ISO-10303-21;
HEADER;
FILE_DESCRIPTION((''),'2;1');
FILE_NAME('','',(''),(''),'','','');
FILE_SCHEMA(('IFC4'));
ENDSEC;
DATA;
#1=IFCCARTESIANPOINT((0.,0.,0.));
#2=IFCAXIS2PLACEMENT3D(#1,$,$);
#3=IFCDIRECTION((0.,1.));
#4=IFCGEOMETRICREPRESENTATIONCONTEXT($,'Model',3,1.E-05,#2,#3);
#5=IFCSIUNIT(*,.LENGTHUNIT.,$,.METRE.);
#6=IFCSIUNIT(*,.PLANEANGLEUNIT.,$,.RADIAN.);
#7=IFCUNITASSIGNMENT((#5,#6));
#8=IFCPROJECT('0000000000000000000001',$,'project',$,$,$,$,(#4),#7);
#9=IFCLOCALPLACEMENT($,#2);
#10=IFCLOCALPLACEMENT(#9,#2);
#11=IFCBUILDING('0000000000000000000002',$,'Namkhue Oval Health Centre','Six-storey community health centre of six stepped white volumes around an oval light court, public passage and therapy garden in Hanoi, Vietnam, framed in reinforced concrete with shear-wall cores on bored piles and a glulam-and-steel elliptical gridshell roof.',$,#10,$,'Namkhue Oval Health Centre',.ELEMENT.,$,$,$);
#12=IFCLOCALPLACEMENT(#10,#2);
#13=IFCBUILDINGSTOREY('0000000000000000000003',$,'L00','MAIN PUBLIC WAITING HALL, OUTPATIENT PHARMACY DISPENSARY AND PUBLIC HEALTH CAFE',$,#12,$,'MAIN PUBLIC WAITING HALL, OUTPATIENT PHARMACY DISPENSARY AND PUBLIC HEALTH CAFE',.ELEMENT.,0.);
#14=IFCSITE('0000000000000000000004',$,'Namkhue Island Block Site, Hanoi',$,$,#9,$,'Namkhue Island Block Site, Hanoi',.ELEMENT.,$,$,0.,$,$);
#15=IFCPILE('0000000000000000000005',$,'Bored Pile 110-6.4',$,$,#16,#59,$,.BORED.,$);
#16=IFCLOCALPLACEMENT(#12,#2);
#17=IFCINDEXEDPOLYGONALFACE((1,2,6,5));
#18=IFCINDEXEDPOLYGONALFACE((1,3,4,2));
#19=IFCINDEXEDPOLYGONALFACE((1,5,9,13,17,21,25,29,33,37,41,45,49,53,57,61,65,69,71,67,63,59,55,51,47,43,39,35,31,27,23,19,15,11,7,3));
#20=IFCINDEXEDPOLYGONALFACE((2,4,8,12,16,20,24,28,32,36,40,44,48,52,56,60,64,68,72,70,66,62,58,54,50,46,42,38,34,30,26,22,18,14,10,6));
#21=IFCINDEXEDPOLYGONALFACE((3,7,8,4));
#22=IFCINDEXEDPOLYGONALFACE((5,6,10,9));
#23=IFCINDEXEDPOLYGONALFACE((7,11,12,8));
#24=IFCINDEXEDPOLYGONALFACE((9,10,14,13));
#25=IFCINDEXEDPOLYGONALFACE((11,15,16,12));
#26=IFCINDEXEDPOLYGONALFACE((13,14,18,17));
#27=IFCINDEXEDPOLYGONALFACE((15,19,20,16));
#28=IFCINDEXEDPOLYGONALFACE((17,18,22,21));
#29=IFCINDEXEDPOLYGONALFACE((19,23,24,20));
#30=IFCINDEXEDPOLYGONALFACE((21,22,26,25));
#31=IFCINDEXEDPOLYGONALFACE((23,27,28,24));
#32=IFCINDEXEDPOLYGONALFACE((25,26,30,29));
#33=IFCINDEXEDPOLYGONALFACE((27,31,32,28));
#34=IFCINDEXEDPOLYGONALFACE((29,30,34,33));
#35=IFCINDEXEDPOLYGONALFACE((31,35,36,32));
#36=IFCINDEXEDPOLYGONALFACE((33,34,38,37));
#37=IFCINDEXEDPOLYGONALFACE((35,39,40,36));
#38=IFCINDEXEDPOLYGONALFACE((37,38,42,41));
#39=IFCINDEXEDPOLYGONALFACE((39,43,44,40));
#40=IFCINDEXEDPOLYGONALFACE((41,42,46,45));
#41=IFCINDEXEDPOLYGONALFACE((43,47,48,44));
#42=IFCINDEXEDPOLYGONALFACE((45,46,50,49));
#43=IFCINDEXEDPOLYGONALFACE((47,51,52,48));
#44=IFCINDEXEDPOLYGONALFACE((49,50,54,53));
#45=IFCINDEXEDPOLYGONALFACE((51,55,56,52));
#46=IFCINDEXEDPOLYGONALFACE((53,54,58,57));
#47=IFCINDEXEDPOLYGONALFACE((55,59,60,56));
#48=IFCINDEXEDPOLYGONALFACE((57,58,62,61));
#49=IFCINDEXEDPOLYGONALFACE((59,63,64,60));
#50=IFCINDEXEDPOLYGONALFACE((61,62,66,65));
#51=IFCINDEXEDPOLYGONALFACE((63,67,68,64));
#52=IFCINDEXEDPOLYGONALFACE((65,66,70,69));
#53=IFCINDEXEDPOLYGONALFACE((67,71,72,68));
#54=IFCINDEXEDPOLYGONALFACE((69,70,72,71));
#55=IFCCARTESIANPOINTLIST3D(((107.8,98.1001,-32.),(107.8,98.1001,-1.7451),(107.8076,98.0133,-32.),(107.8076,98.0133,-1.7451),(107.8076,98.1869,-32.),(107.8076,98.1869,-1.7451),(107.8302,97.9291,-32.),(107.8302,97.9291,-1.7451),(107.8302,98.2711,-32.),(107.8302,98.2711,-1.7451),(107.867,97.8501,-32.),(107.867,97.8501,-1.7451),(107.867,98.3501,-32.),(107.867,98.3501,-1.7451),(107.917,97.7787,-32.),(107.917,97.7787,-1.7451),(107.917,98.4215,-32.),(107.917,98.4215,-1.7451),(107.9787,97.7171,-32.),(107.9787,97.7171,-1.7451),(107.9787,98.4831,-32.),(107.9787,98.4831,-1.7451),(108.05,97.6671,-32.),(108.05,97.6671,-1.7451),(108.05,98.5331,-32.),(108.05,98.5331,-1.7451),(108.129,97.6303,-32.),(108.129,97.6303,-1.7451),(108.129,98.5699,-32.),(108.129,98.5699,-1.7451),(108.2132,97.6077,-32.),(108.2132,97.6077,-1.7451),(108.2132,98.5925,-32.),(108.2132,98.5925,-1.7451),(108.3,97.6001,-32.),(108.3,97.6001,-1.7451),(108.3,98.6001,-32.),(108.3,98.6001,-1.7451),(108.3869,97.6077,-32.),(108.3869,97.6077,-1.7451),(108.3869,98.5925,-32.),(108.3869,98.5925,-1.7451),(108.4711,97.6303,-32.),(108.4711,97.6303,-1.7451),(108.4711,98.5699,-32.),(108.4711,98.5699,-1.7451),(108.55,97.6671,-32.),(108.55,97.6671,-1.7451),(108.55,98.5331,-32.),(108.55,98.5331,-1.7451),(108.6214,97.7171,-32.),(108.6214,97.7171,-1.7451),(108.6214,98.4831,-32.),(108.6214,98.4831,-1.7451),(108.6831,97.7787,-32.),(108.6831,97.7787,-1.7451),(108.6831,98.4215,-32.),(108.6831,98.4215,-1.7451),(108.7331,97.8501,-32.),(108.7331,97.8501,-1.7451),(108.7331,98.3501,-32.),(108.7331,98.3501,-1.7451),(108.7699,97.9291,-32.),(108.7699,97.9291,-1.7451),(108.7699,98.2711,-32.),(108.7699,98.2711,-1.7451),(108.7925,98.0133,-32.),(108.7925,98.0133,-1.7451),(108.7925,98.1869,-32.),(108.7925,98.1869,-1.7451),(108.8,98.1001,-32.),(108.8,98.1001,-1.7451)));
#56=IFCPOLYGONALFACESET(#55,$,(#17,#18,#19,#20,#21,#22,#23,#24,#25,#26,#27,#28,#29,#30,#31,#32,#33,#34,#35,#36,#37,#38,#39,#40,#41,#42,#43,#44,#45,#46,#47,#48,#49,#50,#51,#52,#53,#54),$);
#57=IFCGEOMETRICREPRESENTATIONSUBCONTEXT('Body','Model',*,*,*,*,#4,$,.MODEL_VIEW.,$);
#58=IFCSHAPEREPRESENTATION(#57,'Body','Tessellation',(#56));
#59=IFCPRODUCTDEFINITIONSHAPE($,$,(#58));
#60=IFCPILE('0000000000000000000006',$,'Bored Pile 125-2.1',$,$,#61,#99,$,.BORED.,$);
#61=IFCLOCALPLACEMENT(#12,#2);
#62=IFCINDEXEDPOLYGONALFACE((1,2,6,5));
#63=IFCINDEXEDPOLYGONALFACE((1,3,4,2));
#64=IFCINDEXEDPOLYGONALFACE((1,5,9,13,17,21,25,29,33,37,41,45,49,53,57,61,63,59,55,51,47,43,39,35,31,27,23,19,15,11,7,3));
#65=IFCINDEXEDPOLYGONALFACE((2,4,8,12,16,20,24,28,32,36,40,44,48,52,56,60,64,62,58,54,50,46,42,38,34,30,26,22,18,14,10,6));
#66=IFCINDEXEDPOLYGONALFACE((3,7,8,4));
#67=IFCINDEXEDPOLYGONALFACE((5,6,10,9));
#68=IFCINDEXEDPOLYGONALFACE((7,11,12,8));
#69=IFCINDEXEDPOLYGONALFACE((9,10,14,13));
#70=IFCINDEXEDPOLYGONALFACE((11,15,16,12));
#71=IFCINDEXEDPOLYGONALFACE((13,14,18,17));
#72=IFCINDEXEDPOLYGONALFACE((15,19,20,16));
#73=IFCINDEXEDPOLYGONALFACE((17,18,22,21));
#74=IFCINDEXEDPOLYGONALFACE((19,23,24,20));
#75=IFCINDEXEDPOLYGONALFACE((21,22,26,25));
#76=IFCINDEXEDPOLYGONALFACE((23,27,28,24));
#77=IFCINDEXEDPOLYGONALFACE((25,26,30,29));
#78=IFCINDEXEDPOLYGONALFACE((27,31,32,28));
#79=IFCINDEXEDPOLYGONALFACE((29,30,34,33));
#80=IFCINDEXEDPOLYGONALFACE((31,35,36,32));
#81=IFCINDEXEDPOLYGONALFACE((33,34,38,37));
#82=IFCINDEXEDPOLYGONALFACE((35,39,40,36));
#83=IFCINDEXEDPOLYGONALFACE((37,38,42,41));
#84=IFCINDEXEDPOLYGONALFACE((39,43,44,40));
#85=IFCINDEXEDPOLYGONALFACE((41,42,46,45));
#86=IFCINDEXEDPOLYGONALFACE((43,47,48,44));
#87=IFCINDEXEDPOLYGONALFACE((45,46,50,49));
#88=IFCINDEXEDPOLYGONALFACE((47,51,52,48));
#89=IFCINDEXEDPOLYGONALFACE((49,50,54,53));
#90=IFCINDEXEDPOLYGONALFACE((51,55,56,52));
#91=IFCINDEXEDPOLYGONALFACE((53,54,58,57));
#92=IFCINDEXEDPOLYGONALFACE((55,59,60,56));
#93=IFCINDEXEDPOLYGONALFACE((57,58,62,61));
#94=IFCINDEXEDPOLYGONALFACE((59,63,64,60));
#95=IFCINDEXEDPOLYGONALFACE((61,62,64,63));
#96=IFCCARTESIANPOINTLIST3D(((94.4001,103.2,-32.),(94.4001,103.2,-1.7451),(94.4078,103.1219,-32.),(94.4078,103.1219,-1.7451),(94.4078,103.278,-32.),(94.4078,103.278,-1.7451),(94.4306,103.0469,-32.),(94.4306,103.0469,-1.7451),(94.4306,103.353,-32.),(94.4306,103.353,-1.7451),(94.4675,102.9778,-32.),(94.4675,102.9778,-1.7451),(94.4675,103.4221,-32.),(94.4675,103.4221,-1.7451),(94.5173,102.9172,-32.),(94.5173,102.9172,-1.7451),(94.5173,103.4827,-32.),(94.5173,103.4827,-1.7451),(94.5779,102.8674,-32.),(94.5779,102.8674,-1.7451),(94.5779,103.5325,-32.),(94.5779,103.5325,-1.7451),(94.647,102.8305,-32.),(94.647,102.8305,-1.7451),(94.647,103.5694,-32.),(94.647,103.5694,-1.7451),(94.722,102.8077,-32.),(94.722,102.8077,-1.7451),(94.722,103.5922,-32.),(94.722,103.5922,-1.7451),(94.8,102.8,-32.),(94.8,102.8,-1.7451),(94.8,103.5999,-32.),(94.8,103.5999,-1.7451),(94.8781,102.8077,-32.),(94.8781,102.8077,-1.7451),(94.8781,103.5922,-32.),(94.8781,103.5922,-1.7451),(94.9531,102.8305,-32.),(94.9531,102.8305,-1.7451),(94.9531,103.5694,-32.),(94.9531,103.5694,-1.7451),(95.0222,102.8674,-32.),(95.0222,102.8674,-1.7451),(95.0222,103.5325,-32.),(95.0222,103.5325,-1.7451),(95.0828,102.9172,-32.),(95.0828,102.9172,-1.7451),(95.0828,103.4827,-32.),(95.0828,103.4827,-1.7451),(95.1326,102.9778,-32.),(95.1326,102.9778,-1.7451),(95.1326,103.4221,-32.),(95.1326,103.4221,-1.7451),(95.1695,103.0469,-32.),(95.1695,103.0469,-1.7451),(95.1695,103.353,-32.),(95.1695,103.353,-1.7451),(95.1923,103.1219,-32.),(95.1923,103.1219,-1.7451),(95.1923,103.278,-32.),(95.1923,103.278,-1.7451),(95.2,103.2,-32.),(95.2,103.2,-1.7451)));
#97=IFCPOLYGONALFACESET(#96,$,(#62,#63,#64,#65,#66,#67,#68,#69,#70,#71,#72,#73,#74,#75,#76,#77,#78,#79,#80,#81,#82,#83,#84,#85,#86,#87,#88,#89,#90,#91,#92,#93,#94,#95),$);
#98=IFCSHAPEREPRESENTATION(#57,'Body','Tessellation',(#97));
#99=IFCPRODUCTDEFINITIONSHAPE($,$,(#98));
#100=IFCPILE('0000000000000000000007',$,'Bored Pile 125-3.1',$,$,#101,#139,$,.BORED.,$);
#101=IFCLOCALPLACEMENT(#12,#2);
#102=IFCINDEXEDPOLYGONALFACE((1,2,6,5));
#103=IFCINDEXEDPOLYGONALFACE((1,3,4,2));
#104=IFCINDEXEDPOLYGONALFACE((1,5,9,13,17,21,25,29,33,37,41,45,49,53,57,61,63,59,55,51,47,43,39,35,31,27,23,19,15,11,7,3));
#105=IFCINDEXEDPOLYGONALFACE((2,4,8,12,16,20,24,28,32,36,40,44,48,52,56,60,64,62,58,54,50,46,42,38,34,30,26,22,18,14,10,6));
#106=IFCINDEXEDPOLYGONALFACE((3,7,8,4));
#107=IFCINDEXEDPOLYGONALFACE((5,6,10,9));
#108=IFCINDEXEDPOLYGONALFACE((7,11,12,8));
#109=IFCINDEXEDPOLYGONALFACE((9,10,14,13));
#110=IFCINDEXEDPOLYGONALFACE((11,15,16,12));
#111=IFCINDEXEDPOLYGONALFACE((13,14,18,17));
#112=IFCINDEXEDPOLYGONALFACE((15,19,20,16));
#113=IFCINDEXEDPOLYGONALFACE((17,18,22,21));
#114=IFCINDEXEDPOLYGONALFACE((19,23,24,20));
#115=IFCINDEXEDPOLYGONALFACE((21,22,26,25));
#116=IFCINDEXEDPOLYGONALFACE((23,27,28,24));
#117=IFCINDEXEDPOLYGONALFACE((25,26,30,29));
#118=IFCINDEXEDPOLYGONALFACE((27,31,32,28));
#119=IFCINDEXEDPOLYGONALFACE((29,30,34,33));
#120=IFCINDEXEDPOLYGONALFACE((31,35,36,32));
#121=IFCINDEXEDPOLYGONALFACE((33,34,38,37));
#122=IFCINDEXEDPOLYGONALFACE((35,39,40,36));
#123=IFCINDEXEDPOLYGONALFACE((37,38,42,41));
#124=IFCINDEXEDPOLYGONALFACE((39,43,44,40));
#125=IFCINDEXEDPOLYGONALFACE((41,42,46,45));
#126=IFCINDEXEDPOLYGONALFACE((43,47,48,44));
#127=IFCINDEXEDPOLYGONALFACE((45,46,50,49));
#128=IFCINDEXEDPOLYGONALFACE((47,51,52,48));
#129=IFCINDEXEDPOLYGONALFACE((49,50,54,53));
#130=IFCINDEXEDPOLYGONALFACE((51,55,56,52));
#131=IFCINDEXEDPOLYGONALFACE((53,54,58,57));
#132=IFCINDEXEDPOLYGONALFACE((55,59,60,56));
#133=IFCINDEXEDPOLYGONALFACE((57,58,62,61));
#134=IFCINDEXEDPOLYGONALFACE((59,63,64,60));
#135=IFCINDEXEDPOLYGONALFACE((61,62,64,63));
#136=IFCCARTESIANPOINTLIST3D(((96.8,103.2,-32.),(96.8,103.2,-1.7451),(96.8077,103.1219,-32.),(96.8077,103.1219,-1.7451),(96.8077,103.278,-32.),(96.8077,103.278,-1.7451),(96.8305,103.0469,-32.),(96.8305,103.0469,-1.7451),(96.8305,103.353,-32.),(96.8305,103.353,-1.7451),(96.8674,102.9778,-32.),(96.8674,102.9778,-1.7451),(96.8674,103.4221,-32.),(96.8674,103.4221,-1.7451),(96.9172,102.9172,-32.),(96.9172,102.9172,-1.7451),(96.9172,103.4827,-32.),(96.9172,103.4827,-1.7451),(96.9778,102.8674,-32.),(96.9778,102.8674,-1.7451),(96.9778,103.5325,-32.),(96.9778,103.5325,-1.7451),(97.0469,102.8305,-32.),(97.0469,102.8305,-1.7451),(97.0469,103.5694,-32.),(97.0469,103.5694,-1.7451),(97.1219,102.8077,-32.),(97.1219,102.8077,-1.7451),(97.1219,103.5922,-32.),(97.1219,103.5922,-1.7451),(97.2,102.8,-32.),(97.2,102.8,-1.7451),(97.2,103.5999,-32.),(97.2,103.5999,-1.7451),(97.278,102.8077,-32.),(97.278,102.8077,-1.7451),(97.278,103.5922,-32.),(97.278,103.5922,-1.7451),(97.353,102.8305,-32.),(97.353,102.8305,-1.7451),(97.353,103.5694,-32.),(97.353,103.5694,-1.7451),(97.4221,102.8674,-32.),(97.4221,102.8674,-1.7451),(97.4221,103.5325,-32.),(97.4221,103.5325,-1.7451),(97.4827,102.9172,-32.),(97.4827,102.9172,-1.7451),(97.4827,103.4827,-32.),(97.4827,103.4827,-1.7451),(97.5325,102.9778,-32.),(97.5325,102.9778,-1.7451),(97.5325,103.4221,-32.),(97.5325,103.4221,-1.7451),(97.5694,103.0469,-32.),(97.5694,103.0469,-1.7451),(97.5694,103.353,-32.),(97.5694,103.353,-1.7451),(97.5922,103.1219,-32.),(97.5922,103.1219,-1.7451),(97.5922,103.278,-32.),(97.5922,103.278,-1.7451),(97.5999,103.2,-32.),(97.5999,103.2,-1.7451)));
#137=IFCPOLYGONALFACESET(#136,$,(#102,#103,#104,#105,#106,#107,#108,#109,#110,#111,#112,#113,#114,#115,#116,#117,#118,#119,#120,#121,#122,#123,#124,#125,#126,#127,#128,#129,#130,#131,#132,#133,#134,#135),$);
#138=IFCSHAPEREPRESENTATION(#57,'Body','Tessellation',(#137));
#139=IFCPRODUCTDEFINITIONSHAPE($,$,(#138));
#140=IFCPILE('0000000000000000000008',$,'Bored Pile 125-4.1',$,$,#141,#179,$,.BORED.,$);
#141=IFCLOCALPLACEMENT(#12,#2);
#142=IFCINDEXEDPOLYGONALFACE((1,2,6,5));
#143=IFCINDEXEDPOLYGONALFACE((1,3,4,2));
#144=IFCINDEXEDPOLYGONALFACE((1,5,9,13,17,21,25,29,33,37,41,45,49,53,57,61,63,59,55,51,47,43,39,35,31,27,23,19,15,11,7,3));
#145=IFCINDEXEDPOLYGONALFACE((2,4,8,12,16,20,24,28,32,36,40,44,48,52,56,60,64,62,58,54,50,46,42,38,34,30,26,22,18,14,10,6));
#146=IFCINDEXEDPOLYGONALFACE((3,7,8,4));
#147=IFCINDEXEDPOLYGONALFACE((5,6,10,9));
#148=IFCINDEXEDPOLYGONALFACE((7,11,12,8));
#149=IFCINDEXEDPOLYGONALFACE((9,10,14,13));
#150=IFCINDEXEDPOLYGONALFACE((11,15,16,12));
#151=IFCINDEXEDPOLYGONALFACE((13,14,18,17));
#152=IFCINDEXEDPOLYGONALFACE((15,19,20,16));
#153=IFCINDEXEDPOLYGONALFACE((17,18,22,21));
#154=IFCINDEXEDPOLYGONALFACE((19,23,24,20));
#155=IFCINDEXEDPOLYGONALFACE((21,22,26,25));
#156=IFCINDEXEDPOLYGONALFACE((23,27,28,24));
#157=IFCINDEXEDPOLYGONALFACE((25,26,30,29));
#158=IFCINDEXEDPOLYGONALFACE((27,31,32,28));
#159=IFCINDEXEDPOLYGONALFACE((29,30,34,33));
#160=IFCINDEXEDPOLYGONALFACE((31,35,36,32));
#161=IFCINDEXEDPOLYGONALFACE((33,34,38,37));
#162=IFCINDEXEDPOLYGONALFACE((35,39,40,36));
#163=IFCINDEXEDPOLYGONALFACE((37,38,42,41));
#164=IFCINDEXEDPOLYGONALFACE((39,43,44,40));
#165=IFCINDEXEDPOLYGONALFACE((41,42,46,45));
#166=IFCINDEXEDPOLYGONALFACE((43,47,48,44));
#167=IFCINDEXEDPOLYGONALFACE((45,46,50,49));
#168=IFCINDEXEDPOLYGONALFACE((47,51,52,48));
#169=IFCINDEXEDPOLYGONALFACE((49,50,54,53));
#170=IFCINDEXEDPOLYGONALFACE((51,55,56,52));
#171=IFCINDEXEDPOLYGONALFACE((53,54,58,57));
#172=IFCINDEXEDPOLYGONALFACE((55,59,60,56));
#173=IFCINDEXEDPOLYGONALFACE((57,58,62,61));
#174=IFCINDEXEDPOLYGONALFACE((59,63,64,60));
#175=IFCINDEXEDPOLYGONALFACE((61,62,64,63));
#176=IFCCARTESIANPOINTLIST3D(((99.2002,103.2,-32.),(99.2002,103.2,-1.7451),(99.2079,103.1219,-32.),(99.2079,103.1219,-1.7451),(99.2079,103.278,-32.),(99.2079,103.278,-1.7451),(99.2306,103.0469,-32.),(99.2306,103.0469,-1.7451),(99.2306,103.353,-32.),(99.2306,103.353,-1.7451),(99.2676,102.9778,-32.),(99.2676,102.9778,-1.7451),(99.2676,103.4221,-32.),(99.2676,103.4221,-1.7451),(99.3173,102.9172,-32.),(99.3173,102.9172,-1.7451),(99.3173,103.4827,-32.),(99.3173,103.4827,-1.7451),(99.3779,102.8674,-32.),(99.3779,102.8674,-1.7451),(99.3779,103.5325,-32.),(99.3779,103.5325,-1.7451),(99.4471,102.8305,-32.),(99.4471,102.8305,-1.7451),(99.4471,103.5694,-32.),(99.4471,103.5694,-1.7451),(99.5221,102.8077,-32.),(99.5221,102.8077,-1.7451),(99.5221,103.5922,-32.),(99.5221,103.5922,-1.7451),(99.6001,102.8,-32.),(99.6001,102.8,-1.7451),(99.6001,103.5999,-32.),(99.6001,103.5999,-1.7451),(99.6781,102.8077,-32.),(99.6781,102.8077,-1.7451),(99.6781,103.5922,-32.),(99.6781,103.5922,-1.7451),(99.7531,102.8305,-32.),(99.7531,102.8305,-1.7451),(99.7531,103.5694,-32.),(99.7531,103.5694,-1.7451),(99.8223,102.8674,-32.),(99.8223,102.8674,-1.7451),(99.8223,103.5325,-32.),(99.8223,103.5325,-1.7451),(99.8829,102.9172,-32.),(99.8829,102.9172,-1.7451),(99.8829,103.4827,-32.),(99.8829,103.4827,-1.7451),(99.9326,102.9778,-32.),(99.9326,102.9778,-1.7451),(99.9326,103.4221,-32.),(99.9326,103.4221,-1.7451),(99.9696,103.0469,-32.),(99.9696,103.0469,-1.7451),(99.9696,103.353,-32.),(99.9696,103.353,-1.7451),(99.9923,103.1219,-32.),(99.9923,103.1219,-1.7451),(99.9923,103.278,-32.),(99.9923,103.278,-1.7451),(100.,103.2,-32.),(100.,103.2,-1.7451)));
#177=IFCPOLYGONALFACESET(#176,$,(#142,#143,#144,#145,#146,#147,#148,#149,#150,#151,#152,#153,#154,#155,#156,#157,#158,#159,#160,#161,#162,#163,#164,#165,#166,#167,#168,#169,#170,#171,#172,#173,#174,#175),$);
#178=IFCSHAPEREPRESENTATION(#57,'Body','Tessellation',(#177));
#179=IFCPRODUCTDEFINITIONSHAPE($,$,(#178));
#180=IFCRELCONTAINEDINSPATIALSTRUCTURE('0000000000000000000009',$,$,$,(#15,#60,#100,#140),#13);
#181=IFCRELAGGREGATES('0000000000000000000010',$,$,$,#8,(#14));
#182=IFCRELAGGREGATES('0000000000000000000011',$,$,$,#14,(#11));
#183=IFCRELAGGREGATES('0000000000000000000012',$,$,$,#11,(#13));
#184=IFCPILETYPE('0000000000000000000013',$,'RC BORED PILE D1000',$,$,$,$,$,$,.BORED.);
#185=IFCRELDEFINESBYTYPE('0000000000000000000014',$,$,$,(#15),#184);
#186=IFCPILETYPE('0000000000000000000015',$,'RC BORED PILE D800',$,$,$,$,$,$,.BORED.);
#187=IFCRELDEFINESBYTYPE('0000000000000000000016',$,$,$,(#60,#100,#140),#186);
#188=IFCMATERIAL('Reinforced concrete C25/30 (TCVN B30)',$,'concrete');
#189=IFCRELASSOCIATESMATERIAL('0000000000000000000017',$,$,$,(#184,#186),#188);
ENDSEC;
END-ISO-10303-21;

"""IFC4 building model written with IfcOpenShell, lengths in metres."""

from ifc_helpers import new_model, si_unit, direction, frame, origin, origin_2d, place, context, subcontext, project, spatial, circle, extrude, material, material_profile, profile_set, type_object, element, save


model = new_model("IFC4")

# Units and contexts
model_context = context("Model", 3, precision=1e-05, world=origin(), true_north=direction((0.0, 1.0)))
body_context = subcontext(model_context, "Body", "Model", "MODEL_VIEW")
ifc_project = project(units=[si_unit("LENGTHUNIT", "METRE"), si_unit("PLANEANGLEUNIT", "RADIAN")], contexts=[model_context])

# Site, building, storey
site_placement = place(None, origin())
site = spatial("IfcSite", under=ifc_project, at=site_placement, Name="Namkhue Island Block Site, Hanoi", LongName="Namkhue Island Block Site, Hanoi", CompositionType="ELEMENT", RefElevation=0.0)
building_placement = place(site_placement, origin())
building = spatial("IfcBuilding", under=site, at=building_placement, Name="Namkhue Oval Health Centre", Description="Six-storey community health centre of six stepped white volumes around an oval light court, public passage and therapy garden in Hanoi, Vietnam, framed in reinforced concrete with shear-wall cores on bored piles and a glulam-and-steel elliptical gridshell roof.", LongName="Namkhue Oval Health Centre", CompositionType="ELEMENT")
storey_placement = place(building_placement, origin())
storey = spatial("IfcBuildingStorey", under=building, at=storey_placement, Name="L00", Description="MAIN PUBLIC WAITING HALL, OUTPATIENT PHARMACY DISPENSARY AND PUBLIC HEALTH CAFE", LongName="MAIN PUBLIC WAITING HALL, OUTPATIENT PHARMACY DISPENSARY AND PUBLIC HEALTH CAFE", CompositionType="ELEMENT", Elevation=0.0)

# Piles
ifc_material_1 = material(Name="Reinforced concrete C25/30 (TCVN B30)", Category="concrete")
ifc_material_profile_1 = material_profile(ifc_material_1, circle(Radius=0.5, at=origin_2d()), Name="BORED PILE D1000")
ifc_profile_set_1 = profile_set([ifc_material_profile_1], Name="Reinforced concrete C25/30 (TCVN B30)")
pile_type_1 = type_object("IfcPileType", Name="RC BORED PILE D1000", PredefinedType="BORED", material=ifc_profile_set_1)
for number, where, z_axis, x_axis, name in (
    (1, (108.3, 98.1001, -1.7451), (0.0, 0.0, -1.0), (1.0, 0.0, 0.0), "Bored Pile 110-6.4"),
):
    element("IfcPile", number, at=place(storey_placement, frame(where, z_axis=z_axis, x_axis=x_axis)), inside=storey, type_object=pile_type_1, Name=name, PredefinedType="BORED", context=body_context, shape_type="SweptSolid", body=[
        extrude(circle(Radius=0.5, at=origin_2d()), origin(), (0.0, 0.0, 1.0), 30.2549),
    ])
ifc_material_profile_2 = material_profile(ifc_material_1, circle(Radius=0.3999, at=origin_2d()), Name="BORED PILE D800")
ifc_profile_set_2 = profile_set([ifc_material_profile_2], Name="Reinforced concrete C25/30 (TCVN B30)")
pile_type_2 = type_object("IfcPileType", Name="RC BORED PILE D800", PredefinedType="BORED", material=ifc_profile_set_2)
for number, where, z_axis, x_axis, name in (
    (2, (94.8, 103.2, -1.7451), (0.0, 0.0, -1.0), (1.0, 0.0, 0.0), "Bored Pile 125-2.1"),
    (3, (97.2, 103.2, -1.7451), (0.0, 0.0, -1.0), (1.0, 0.0, 0.0), "Bored Pile 125-3.1"),
    (4, (99.6001, 103.2, -1.7451), (0.0, 0.0, -1.0), (1.0, 0.0, 0.0), "Bored Pile 125-4.1"),
):
    element("IfcPile", number, at=place(storey_placement, frame(where, z_axis=z_axis, x_axis=x_axis)), inside=storey, type_object=pile_type_2, Name=name, PredefinedType="BORED", context=body_context, shape_type="SweptSolid", body=[
        extrude(circle(Radius=0.3999, at=origin_2d()), origin(), (0.0, 0.0, 1.0), 30.2549),
    ])

save(model, "model.ifc")
